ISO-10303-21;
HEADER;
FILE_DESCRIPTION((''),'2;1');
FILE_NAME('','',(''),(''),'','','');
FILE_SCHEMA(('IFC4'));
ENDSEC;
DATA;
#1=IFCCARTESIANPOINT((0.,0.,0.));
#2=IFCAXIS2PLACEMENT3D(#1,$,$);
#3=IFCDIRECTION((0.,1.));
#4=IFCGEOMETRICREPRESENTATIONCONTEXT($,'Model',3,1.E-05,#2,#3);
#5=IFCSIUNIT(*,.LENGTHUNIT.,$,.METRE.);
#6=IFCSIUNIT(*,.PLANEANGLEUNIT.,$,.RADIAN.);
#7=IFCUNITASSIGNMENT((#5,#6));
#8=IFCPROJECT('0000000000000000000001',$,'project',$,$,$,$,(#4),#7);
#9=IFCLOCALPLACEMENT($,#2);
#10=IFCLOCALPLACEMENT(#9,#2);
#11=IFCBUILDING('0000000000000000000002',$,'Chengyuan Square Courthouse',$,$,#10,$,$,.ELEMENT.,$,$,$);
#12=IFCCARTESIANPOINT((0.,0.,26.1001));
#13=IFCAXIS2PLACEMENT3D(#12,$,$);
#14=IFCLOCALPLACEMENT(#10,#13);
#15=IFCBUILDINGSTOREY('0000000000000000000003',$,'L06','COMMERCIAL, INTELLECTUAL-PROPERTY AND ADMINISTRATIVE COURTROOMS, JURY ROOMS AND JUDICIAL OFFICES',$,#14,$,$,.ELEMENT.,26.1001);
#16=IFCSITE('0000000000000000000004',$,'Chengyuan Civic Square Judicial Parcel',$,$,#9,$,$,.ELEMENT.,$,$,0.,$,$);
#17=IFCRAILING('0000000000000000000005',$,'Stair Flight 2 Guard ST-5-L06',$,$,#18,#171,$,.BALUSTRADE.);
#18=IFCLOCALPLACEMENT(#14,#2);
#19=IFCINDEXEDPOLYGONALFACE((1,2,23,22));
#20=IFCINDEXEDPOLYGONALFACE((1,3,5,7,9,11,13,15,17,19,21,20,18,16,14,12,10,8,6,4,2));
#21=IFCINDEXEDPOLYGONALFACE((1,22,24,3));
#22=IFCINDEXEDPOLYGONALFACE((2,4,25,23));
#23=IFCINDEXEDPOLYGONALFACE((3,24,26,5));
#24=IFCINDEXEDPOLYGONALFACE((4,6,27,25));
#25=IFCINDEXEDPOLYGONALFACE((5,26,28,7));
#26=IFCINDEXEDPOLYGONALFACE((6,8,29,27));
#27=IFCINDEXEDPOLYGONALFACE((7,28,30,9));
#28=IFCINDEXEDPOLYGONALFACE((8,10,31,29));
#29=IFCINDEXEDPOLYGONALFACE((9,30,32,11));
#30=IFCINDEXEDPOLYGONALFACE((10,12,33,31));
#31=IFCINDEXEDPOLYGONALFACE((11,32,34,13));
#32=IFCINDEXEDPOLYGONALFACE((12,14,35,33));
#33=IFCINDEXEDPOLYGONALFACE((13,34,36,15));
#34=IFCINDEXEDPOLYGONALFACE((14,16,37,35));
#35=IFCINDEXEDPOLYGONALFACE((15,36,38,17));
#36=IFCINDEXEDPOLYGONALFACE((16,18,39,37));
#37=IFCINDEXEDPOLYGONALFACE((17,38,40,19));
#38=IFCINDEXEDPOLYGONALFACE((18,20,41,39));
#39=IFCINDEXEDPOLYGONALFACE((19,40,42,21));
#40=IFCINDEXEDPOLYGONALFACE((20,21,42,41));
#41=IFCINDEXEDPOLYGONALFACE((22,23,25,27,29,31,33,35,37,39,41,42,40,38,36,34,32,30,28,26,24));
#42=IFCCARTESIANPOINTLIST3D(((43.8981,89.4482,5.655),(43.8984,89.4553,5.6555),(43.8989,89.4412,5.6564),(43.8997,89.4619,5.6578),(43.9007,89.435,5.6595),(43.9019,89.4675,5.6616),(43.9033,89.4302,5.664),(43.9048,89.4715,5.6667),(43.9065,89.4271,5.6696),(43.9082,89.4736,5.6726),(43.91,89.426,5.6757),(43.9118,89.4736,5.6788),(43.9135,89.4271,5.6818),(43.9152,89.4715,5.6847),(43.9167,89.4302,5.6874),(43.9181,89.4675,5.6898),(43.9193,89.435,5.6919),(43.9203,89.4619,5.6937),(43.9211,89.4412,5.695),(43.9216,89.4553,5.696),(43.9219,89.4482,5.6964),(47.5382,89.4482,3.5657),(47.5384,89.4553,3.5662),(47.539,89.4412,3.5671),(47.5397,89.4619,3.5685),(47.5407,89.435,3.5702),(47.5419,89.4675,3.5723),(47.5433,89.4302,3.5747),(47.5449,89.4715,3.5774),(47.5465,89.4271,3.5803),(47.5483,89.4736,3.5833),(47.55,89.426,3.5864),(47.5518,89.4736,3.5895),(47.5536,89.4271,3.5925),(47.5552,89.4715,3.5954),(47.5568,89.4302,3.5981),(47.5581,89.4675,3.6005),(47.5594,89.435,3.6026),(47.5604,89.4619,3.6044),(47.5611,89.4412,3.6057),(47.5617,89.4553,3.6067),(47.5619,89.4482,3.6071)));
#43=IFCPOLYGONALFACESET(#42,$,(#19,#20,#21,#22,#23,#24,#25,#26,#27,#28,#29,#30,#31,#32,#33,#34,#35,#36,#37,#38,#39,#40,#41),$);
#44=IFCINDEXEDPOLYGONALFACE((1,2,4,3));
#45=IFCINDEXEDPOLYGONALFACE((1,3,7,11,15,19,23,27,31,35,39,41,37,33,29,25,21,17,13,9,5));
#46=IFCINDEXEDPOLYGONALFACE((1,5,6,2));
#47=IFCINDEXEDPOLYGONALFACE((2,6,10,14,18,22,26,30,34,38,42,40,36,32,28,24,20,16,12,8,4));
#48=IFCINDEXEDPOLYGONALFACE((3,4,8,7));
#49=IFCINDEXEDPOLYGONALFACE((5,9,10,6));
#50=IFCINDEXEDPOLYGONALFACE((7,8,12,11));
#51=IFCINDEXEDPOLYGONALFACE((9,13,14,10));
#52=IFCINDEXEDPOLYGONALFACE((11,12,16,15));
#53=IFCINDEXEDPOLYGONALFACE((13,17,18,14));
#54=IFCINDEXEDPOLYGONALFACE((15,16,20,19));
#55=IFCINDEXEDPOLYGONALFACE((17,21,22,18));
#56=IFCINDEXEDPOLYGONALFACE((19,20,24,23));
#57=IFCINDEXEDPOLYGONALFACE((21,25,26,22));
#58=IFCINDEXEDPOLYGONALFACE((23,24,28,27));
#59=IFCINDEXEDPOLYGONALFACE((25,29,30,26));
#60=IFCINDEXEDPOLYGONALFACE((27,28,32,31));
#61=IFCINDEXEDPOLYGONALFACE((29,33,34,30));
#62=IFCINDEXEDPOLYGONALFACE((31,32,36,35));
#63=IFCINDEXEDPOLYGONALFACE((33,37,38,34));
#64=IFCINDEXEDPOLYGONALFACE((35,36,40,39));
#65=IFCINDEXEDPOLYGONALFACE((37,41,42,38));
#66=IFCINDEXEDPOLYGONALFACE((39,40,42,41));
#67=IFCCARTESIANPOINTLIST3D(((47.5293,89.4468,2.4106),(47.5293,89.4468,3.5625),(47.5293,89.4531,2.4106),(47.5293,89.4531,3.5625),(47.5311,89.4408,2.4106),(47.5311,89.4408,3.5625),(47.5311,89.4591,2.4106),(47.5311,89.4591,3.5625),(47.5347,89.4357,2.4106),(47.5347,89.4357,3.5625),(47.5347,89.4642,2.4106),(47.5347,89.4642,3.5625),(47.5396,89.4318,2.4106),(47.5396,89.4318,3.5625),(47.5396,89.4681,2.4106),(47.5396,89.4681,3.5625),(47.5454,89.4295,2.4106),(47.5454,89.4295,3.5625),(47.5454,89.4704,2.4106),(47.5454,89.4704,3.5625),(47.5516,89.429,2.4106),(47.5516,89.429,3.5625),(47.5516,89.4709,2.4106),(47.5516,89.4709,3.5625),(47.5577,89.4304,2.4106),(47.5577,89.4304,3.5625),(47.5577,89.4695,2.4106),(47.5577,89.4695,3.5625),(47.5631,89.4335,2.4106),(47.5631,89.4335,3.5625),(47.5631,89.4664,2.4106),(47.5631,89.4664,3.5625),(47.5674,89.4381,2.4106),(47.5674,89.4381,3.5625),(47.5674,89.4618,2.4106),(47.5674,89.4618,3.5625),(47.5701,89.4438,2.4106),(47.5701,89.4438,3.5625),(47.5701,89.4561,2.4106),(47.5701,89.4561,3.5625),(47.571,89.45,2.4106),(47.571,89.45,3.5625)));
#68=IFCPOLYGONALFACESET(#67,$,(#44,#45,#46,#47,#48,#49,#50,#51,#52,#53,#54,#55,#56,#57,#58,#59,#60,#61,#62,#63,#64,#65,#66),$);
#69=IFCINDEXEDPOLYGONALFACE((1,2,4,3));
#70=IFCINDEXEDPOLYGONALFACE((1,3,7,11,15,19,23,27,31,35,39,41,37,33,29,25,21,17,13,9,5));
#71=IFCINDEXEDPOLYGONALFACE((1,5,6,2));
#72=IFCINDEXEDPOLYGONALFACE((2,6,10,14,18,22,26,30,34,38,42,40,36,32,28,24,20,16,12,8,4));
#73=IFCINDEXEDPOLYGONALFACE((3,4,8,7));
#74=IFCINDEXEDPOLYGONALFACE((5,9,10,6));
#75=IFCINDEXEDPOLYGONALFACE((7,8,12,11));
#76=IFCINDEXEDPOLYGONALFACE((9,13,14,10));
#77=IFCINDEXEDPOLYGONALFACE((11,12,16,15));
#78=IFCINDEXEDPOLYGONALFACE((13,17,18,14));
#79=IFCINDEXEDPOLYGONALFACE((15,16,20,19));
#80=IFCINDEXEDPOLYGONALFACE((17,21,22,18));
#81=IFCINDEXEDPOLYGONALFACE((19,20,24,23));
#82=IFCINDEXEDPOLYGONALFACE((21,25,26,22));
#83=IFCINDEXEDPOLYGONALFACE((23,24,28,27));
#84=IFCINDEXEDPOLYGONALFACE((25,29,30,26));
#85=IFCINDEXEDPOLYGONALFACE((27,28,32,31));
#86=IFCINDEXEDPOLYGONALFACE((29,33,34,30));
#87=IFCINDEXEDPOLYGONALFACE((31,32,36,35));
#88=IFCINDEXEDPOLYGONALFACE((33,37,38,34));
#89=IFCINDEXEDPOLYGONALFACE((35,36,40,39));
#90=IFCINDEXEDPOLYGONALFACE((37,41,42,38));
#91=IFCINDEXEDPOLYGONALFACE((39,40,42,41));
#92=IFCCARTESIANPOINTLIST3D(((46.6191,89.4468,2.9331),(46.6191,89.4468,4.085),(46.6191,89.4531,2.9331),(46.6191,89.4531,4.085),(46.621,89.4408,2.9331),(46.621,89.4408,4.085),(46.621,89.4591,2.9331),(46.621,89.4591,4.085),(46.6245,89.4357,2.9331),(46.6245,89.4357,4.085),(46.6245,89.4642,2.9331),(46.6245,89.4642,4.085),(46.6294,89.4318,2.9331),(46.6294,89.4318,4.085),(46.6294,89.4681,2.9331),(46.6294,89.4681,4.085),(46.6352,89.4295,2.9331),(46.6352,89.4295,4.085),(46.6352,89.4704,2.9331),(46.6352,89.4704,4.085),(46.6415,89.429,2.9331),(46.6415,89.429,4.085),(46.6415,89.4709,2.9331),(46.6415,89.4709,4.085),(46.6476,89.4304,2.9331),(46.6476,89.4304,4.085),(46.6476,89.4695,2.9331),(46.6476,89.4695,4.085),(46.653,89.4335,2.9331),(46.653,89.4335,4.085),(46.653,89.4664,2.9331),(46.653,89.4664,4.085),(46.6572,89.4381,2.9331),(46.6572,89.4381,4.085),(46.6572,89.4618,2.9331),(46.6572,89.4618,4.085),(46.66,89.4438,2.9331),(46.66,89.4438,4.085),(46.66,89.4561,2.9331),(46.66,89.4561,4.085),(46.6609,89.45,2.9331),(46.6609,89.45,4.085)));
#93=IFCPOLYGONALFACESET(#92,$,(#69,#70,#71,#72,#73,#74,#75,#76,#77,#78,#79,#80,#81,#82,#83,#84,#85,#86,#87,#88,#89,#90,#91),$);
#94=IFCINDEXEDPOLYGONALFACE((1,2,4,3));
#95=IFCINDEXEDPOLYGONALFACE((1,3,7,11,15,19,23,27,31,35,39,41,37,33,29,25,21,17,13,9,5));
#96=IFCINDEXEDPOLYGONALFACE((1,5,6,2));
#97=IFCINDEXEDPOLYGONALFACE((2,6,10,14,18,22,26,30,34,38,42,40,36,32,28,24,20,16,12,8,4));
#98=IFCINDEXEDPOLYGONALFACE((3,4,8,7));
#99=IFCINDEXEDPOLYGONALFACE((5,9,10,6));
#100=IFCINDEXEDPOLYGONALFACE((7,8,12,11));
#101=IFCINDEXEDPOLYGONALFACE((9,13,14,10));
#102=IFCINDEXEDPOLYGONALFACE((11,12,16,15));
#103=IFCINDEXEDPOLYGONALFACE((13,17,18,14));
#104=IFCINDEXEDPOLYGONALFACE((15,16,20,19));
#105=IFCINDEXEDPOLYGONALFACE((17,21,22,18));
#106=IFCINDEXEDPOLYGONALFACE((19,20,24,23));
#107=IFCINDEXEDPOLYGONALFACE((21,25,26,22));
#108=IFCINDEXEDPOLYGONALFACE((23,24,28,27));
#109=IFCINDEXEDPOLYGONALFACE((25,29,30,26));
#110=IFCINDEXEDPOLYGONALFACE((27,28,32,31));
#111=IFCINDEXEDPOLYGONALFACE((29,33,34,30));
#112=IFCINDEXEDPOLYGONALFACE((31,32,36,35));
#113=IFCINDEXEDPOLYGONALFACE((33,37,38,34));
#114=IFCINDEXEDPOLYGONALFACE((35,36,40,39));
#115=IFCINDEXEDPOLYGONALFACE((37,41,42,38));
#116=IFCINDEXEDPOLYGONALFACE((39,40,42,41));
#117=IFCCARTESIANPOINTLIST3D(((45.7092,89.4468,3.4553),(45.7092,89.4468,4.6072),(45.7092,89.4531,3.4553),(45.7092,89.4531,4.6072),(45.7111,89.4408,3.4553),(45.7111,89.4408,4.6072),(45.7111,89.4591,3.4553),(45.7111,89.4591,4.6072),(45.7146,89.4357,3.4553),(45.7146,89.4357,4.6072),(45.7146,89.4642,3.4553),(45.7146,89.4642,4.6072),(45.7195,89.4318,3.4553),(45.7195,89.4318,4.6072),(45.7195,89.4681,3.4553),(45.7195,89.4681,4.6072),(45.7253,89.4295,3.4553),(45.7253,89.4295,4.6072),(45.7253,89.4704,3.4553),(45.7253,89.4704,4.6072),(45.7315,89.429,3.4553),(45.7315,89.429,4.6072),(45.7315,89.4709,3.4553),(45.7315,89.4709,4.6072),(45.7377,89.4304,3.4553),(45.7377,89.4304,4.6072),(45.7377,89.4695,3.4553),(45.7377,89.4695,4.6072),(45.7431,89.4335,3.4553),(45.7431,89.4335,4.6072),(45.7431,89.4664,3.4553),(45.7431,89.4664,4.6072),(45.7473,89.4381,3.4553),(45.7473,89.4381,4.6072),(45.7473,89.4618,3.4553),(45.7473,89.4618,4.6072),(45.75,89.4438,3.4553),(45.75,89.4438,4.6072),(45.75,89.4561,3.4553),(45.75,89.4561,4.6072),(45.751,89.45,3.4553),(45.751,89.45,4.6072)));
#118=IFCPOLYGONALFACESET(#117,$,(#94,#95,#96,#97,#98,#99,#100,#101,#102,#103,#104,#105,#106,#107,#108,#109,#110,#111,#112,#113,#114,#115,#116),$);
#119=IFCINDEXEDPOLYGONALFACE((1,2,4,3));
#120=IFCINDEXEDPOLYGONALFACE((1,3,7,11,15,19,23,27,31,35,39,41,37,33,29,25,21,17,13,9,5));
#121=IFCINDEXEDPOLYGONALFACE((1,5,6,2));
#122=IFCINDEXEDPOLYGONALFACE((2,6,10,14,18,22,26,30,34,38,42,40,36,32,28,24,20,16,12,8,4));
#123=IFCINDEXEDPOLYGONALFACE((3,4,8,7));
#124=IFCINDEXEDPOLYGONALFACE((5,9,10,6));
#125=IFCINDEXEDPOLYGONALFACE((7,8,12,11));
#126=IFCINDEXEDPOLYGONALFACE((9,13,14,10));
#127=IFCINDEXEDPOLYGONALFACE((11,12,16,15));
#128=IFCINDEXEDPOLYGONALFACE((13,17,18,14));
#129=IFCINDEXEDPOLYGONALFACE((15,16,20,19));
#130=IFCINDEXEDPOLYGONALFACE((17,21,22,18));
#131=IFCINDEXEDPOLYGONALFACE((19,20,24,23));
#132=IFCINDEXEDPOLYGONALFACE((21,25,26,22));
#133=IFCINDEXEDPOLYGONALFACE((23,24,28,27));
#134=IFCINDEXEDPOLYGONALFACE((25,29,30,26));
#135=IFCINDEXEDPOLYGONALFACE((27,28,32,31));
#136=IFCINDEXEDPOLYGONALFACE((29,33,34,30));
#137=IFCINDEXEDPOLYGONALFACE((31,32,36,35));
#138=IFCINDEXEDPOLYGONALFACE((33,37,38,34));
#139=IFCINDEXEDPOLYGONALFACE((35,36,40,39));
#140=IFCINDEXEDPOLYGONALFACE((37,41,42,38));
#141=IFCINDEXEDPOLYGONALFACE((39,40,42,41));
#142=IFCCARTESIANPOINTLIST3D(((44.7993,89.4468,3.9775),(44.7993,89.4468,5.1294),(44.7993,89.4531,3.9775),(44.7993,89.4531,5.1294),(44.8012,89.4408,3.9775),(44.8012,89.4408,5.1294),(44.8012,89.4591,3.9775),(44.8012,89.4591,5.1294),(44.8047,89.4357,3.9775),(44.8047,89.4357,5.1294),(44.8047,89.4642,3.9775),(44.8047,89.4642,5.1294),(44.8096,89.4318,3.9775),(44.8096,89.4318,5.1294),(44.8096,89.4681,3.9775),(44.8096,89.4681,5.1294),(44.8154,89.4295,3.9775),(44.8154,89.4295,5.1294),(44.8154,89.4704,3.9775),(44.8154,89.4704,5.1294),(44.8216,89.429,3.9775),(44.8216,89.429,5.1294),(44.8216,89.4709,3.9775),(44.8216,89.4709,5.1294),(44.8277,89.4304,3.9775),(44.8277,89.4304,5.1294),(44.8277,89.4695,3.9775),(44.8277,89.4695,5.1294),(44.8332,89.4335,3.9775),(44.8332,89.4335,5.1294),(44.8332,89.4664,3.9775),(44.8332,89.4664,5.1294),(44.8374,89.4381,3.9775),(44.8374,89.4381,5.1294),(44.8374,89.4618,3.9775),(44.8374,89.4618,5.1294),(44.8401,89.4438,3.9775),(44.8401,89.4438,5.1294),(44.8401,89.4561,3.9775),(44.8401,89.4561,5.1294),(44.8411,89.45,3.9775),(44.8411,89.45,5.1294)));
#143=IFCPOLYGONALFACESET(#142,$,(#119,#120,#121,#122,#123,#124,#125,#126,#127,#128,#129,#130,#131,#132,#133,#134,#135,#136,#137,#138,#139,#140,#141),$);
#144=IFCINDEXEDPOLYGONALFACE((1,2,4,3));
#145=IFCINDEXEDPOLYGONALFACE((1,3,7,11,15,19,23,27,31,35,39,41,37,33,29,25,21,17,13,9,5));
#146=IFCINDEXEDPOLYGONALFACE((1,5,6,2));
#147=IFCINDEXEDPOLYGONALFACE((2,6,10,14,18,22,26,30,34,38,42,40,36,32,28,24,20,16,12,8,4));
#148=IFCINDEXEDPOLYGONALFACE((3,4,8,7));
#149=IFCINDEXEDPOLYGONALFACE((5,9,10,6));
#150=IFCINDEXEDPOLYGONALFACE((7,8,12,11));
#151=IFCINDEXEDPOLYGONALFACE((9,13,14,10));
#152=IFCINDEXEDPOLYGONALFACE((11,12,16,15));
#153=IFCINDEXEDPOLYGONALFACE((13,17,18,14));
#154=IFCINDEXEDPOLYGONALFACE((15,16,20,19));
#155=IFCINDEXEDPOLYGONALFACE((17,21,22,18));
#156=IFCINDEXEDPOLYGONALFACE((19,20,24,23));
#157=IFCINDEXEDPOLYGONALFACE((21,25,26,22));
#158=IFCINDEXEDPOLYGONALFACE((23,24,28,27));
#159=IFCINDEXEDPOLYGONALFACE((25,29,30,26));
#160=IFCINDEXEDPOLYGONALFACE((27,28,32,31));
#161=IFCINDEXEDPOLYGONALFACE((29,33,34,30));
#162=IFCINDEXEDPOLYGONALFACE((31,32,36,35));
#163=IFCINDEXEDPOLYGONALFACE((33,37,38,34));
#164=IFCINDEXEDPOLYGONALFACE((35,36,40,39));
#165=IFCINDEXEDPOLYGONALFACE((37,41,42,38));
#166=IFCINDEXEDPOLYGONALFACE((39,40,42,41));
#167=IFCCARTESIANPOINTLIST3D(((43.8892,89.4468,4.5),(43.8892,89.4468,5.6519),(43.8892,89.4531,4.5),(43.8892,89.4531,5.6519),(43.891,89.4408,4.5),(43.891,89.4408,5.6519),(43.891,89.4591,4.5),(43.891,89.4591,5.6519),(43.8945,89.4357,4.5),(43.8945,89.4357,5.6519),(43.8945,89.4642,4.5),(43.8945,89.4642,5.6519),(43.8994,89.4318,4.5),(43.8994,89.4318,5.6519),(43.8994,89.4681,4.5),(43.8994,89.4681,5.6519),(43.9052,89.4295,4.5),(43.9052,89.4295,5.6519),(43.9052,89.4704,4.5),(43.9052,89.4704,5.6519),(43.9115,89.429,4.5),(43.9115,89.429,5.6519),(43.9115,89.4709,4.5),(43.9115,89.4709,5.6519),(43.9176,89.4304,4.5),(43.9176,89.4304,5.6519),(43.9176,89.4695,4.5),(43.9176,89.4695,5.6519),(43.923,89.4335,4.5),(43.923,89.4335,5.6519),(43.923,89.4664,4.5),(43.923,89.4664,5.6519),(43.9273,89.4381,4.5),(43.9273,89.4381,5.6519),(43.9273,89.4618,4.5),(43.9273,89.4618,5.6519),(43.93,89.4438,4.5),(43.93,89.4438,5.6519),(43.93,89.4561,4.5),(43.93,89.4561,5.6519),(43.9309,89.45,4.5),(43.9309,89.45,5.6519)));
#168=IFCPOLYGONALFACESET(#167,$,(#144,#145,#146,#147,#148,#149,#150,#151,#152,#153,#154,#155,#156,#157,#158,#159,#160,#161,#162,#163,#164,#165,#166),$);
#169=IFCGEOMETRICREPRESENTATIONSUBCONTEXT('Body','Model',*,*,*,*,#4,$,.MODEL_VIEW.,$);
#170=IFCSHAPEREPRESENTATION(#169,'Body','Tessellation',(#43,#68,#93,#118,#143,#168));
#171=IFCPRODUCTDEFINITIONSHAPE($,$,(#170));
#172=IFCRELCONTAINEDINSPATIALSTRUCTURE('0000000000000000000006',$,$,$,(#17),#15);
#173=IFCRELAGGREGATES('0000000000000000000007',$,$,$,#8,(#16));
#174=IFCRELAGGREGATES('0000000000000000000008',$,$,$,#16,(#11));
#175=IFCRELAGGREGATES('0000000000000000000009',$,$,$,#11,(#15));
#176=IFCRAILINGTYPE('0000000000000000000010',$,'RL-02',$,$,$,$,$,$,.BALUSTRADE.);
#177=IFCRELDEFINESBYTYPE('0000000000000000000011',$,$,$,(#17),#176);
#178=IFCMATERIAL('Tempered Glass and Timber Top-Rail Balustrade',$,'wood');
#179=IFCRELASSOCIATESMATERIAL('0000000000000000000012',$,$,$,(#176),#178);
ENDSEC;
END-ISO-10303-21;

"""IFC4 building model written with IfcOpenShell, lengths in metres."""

from ifc_helpers import new_model, si_unit, direction, frame, origin, origin_2d, place, context, subcontext, project, spatial, circle, extrude, material, type_object, element, save


model = new_model("IFC4")

# Units and contexts
model_context = context("Model", 3, precision=1e-05, world=origin(), true_north=direction((0.0, 1.0)))
body_context = subcontext(model_context, "Body", "Model", "MODEL_VIEW")
ifc_project = project(units=[si_unit("LENGTHUNIT", "METRE"), si_unit("PLANEANGLEUNIT", "RADIAN")], contexts=[model_context])

# Site, building, storey
site_placement = place(None, origin())
site = spatial("IfcSite", under=ifc_project, at=site_placement, Name="Chengyuan Civic Square Judicial Parcel", CompositionType="ELEMENT", RefElevation=0.0)
building_placement = place(site_placement, origin())
building = spatial("IfcBuilding", under=site, at=building_placement, Name="Chengyuan Square Courthouse", CompositionType="ELEMENT")
storey_placement = place(building_placement, frame((0.0, 0.0, 26.1001)))
storey = spatial("IfcBuildingStorey", under=building, at=storey_placement, Name="L06", Description="COMMERCIAL, INTELLECTUAL-PROPERTY AND ADMINISTRATIVE COURTROOMS, JURY ROOMS AND JUDICIAL OFFICES", CompositionType="ELEMENT", Elevation=26.1001)

# Railing
ifc_material_1 = material(Name="Tempered Glass and Timber Top-Rail Balustrade", Category="wood")
railing_type_1 = type_object("IfcRailingType", Name="RL-02", PredefinedType="BALUSTRADE", material=ifc_material_1)
railing_1_placement = place(storey_placement, frame((47.55, 89.45, 2.4106)))
element("IfcRailing", 1, at=railing_1_placement, inside=storey, type_object=railing_type_1, Name="Stair Flight 2 Guard ST-5-L06", PredefinedType="BALUSTRADE", context=body_context, shape_type="SweptSolid", body=[
    extrude(circle(Radius=0.0239, at=origin_2d()), frame((0.0, 0.0, 1.1758), z_axis=(-0.867289, 0.0, 0.497804), x_axis=(0.0, -1.0, 0.0)), (0.0, 0.0, 1.0), 4.197),
    extrude(circle(Radius=0.021, at=origin_2d()), origin(), (0.0, 0.0, 1.0), 1.1519),
    extrude(circle(Radius=0.021, at=origin_2d()), frame((-0.9102, 0.0, 0.5225)), (0.0, 0.0, 1.0), 1.1519),
    extrude(circle(Radius=0.021, at=origin_2d()), frame((-1.8201, 0.0, 1.0447)), (0.0, 0.0, 1.0), 1.1519),
    extrude(circle(Radius=0.021, at=origin_2d()), frame((-2.73, 0.0, 1.5669)), (0.0, 0.0, 1.0), 1.1519),
    extrude(circle(Radius=0.021, at=origin_2d()), frame((-3.6401, 0.0, 2.0894)), (0.0, 0.0, 1.0), 1.1519),
])

save(model, "model.ifc")
